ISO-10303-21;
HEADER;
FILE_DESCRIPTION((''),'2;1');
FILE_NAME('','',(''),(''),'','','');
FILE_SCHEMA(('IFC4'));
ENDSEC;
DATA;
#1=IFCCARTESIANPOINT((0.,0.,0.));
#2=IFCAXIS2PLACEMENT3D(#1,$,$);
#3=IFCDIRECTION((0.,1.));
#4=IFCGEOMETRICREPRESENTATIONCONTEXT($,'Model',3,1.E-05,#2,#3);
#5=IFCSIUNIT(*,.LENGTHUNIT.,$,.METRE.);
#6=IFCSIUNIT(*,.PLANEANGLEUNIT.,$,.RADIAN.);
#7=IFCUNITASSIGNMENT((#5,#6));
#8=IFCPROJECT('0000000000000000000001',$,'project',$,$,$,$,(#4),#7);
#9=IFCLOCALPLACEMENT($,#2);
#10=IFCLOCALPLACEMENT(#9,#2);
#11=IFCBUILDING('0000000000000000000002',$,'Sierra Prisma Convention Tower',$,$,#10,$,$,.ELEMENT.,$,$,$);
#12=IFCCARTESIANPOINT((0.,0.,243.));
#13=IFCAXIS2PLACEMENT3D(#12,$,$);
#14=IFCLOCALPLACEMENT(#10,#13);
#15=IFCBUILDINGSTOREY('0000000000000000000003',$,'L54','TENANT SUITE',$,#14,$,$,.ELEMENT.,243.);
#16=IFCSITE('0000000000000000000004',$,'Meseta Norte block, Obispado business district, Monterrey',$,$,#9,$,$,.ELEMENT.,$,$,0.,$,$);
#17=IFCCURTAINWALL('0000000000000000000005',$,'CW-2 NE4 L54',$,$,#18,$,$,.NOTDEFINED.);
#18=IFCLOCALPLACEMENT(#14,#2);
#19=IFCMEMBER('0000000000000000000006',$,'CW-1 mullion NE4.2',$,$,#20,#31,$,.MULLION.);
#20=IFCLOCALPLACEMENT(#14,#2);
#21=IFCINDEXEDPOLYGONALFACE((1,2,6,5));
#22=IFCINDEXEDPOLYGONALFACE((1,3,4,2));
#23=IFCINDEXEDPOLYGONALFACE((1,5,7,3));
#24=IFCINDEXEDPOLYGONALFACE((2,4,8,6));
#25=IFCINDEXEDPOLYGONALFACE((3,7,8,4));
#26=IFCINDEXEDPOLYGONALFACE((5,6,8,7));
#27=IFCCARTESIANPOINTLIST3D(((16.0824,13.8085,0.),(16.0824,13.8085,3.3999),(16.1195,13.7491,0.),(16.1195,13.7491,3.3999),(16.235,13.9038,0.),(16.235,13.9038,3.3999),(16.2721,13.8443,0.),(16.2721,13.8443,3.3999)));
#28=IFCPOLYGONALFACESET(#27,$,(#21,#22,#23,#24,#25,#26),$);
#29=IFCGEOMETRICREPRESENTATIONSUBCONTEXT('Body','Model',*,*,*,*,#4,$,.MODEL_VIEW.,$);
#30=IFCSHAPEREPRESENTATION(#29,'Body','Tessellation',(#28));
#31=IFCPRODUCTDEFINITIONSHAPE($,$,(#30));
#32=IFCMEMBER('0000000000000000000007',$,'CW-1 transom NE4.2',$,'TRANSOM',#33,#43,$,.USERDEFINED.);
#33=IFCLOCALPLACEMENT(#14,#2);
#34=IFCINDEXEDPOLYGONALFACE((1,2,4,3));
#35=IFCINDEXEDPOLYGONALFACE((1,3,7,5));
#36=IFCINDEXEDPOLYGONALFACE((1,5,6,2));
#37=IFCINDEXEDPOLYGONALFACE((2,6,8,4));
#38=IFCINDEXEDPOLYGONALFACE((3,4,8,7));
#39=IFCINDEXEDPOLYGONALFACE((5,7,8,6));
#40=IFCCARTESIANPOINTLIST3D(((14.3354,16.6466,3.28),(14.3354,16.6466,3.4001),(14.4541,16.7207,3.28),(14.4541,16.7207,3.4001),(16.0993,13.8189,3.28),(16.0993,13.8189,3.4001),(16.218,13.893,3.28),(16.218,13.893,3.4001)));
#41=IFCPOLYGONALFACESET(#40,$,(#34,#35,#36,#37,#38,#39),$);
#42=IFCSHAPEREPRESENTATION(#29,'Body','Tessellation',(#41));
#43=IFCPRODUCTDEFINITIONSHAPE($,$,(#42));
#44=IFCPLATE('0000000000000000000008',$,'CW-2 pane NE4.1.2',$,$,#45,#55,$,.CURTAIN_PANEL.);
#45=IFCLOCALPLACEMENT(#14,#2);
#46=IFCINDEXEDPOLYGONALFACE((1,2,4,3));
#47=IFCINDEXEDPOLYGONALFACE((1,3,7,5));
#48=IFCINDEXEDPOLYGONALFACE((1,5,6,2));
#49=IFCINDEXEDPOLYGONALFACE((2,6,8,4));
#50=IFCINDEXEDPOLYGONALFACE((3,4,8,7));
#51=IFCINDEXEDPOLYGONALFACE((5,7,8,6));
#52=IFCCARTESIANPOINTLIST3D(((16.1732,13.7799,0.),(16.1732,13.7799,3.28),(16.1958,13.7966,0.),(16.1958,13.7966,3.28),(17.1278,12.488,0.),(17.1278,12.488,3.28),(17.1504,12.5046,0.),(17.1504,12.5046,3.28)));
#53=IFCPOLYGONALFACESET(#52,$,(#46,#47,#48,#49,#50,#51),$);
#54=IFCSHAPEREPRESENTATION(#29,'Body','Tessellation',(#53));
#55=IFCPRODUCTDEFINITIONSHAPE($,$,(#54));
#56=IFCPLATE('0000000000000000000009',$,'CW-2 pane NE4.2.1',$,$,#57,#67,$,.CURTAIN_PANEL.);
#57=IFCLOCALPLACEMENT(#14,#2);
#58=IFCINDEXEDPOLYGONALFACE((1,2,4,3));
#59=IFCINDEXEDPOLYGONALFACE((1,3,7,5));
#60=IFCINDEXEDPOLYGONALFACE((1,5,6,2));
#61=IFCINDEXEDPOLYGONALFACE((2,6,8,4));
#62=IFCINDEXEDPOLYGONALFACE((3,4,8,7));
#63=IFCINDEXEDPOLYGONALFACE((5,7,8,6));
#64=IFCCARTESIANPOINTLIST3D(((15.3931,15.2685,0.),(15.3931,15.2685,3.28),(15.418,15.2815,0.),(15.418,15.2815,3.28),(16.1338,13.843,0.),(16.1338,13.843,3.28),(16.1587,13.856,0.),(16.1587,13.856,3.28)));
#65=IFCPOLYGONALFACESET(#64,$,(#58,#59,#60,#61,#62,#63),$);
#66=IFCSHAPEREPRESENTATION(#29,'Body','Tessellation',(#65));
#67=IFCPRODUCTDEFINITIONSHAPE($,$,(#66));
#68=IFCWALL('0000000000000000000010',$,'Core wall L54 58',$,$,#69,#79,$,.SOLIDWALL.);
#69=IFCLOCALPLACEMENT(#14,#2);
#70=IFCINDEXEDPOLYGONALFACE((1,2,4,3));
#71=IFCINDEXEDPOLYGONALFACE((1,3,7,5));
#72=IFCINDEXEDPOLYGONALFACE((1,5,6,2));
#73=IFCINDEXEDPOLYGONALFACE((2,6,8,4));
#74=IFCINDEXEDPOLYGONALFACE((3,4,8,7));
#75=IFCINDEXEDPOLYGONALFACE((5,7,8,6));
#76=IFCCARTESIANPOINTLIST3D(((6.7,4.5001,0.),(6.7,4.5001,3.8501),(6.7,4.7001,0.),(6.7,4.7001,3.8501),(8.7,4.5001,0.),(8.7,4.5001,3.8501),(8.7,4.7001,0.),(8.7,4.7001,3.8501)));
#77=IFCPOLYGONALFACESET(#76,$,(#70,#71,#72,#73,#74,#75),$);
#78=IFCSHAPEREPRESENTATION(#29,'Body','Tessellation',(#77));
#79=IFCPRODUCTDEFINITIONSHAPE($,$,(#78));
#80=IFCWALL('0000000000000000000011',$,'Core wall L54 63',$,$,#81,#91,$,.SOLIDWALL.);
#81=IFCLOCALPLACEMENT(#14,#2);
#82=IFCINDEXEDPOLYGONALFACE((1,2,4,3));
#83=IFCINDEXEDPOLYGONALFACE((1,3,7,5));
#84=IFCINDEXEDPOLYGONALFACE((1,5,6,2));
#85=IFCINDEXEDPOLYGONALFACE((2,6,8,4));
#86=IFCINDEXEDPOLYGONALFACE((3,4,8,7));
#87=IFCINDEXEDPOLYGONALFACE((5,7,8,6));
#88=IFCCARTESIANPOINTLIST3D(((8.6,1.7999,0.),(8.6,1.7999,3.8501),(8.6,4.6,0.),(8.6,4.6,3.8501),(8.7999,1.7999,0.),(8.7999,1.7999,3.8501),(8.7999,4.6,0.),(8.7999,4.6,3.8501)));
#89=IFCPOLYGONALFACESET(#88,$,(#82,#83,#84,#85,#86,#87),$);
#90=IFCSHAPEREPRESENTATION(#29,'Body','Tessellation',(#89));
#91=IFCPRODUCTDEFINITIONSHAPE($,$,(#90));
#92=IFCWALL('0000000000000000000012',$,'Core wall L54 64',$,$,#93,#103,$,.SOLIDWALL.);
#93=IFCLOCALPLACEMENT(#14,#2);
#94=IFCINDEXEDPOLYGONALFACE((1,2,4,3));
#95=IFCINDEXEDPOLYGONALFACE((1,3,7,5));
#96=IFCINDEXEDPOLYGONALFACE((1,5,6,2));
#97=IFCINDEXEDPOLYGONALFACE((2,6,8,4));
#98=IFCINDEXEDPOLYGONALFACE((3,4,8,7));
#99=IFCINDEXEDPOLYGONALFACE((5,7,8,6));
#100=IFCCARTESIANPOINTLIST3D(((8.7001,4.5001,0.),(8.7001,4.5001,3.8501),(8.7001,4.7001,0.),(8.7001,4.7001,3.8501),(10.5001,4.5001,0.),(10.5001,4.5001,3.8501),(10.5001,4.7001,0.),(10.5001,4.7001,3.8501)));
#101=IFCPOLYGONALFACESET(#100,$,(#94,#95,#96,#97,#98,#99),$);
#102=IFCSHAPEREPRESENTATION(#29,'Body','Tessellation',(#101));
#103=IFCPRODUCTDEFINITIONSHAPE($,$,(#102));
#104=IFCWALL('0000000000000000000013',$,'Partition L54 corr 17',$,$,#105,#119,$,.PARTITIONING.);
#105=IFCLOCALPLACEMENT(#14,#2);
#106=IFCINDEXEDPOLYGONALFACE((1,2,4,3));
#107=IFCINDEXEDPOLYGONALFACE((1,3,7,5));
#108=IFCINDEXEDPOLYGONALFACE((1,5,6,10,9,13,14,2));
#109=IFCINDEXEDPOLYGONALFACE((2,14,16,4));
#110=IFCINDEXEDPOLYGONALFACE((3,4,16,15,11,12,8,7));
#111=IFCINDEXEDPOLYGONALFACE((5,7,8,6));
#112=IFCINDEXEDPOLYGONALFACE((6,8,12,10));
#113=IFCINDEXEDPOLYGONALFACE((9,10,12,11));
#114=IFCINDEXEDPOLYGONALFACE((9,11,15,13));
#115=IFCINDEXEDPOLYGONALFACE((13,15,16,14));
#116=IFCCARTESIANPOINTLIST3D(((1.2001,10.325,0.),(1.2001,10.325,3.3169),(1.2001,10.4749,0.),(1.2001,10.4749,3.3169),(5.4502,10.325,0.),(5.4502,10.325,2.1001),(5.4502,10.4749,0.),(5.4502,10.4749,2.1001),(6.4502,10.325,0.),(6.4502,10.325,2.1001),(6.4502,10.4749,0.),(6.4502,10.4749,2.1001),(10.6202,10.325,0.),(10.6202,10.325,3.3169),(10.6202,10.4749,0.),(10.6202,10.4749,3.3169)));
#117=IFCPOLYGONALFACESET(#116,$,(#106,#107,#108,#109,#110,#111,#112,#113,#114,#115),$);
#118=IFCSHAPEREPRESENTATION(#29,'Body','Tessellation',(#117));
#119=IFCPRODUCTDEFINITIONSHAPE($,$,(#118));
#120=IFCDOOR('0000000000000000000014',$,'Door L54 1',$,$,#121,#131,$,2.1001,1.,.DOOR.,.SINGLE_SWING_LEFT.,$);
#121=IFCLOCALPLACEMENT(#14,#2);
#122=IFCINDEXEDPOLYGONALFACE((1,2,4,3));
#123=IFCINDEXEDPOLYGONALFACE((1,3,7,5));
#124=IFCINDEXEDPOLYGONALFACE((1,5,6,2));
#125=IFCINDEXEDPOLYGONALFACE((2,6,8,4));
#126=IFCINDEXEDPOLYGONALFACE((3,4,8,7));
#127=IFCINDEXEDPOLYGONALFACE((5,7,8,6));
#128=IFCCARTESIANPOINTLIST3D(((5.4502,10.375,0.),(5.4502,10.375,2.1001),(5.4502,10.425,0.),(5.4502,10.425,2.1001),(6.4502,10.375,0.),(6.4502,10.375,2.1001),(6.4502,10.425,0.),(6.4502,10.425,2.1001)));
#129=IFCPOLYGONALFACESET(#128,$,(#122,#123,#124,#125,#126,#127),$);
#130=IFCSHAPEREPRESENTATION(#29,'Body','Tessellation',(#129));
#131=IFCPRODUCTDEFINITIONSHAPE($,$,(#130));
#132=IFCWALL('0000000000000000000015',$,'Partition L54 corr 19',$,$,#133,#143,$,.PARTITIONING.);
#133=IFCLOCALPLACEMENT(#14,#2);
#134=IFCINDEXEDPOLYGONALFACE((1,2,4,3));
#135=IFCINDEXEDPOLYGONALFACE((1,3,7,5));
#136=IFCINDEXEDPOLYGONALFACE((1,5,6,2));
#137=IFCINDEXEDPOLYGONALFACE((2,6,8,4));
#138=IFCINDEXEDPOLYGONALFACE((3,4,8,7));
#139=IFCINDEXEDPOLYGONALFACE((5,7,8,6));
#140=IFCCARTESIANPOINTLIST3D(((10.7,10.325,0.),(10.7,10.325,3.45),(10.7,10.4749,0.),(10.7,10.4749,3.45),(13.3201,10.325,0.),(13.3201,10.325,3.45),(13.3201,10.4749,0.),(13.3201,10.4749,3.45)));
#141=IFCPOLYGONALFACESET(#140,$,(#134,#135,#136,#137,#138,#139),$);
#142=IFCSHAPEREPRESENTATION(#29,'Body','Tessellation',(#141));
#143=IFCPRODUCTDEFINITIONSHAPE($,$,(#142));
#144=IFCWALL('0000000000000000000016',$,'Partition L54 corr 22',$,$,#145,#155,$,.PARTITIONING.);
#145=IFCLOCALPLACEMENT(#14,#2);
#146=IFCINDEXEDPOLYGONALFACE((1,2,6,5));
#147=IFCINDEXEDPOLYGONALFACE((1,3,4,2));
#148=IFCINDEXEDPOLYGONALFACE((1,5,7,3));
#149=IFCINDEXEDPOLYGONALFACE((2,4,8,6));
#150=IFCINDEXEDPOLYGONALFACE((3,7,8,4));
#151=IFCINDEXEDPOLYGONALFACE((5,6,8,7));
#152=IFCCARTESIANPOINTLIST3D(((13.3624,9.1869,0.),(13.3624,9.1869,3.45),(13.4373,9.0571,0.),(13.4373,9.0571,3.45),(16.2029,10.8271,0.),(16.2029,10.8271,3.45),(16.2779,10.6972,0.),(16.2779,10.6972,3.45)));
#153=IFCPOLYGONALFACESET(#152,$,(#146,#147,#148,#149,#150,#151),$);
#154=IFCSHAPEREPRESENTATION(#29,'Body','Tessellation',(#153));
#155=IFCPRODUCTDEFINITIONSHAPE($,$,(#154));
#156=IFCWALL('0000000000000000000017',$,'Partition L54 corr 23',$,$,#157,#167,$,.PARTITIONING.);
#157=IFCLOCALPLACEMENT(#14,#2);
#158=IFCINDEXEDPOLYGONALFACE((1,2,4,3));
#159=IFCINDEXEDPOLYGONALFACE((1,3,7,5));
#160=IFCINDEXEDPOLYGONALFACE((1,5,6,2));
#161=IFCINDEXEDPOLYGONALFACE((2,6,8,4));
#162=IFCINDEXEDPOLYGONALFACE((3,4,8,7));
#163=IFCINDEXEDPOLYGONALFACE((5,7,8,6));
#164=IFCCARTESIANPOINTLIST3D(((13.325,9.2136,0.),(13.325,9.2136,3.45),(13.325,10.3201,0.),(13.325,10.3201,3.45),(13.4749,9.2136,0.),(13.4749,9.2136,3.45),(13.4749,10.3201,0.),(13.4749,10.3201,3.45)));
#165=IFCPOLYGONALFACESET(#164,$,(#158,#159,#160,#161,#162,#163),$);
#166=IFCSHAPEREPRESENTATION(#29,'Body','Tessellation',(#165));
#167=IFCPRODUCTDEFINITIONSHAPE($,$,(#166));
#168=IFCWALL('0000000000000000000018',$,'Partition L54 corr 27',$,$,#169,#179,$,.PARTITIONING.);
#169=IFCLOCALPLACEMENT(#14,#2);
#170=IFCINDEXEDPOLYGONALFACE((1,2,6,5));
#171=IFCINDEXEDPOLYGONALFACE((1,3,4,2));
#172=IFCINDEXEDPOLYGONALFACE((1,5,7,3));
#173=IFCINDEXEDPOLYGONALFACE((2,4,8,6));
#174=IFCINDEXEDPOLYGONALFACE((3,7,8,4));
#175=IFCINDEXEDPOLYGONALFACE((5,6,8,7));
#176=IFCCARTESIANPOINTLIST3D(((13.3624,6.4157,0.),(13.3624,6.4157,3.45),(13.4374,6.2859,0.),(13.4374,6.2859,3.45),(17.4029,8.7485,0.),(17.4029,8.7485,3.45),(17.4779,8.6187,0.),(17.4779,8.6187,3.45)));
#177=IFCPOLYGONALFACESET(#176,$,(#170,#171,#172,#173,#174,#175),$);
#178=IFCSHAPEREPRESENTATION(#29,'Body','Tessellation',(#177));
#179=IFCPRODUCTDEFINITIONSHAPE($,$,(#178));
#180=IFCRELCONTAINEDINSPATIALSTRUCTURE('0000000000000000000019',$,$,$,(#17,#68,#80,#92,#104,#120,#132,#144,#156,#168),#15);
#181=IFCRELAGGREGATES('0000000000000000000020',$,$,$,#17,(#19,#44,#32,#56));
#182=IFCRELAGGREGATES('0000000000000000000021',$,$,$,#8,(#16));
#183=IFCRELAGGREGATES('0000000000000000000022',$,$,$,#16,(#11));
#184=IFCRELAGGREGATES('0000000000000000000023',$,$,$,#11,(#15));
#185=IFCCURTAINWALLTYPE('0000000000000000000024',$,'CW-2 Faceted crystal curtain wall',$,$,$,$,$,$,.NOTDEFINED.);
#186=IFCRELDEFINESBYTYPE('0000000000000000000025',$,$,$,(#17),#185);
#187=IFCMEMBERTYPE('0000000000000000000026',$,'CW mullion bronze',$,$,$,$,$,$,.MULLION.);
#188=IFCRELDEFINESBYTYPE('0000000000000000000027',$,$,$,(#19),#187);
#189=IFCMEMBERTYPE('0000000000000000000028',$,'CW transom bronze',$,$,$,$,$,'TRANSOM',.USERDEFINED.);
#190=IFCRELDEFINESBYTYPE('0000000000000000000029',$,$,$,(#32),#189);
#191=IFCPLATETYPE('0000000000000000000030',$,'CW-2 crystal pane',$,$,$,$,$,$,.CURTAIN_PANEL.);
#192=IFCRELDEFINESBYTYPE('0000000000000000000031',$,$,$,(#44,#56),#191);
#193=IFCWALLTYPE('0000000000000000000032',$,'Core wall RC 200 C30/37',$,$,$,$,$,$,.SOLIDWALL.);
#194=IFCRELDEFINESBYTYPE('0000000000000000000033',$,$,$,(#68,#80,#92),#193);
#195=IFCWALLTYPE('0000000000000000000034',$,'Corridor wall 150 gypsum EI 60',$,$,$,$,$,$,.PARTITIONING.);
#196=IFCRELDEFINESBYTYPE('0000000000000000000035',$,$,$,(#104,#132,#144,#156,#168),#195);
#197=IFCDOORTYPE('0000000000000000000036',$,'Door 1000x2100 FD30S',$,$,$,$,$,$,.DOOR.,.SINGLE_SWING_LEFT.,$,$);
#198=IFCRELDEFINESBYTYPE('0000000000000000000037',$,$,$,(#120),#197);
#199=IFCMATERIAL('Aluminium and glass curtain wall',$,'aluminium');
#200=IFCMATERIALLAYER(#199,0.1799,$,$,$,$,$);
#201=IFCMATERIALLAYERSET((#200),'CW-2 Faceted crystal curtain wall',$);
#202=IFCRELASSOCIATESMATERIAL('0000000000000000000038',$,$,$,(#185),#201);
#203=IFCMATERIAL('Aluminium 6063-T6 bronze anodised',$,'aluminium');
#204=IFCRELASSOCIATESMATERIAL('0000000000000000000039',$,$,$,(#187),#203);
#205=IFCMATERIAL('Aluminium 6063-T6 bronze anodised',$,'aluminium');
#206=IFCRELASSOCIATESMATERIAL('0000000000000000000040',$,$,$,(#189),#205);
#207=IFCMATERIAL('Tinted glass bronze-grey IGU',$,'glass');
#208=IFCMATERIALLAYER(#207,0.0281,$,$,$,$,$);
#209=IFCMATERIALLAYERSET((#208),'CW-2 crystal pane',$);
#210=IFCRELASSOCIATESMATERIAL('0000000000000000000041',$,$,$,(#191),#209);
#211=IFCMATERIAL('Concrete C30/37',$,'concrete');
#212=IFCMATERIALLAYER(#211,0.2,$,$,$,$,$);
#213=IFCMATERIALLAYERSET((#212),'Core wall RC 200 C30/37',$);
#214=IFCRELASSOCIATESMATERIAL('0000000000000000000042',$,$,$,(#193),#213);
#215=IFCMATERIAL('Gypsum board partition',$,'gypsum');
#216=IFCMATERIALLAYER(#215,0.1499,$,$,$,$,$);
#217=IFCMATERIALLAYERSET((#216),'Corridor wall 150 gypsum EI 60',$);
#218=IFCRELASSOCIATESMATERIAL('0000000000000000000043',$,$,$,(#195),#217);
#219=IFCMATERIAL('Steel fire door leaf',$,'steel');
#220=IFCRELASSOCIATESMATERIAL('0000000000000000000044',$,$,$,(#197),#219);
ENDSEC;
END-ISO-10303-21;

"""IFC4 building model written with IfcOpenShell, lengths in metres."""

from ifc_helpers import new_model, si_unit, direction, frame, frame_2d, origin, origin_2d, place, context, subcontext, project, spatial, polyline, rectangle, outline, extrude, material, layer, layer_set, material_profile, profile_set, type_object, element, fill, aggregate, save


model = new_model("IFC4")

# Units and contexts
model_context = context("Model", 3, precision=1e-05, world=origin(), true_north=direction((0.0, 1.0)))
body_context = subcontext(model_context, "Body", "Model", "MODEL_VIEW")
ifc_project = project(units=[si_unit("LENGTHUNIT", "METRE"), si_unit("PLANEANGLEUNIT", "RADIAN")], contexts=[model_context])

# Site, building, storey
site_placement = place(None, origin())
site = spatial("IfcSite", under=ifc_project, at=site_placement, Name="Meseta Norte block, Obispado business district, Monterrey", CompositionType="ELEMENT", RefElevation=0.0)
building_placement = place(site_placement, origin())
building = spatial("IfcBuilding", under=site, at=building_placement, Name="Sierra Prisma Convention Tower", CompositionType="ELEMENT")
storey_placement = place(building_placement, frame((0.0, 0.0, 243.0)))
storey = spatial("IfcBuildingStorey", under=building, at=storey_placement, Name="L54", Description="TENANT SUITE", CompositionType="ELEMENT", Elevation=243.0)

# Curtain wall, members, plates
ifc_material_1 = material(Name="Aluminium and glass curtain wall", Category="aluminium")
ifc_layer_1 = layer(ifc_material_1, 0.1799)
ifc_layer_set_1 = layer_set([ifc_layer_1], Name="CW-2 Faceted crystal curtain wall")
curtain_wall_type = type_object("IfcCurtainWallType", Name="CW-2 Faceted crystal curtain wall", PredefinedType="NOTDEFINED", material=ifc_layer_set_1)
curtain_wall_placement = place(storey_placement, origin())
curtain_wall = element("IfcCurtainWall", 1, at=curtain_wall_placement, inside=storey, type_object=curtain_wall_type, Name="CW-2 NE4 L54", PredefinedType="NOTDEFINED")
ifc_material_2 = material(Name="Aluminium 6063-T6 bronze anodised", Category="aluminium")
ifc_material_profile_1 = material_profile(ifc_material_2, rectangle(XDim=0.1799, YDim=0.0701, at=origin_2d()), Name="ALU MULLION 70x180")
ifc_profile_set_1 = profile_set([ifc_material_profile_1], Name="Aluminium 6063-T6 bronze anodised")
member_type_1 = type_object("IfcMemberType", Name="CW mullion bronze", PredefinedType="MULLION", material=ifc_profile_set_1)
member_1_placement = place(storey_placement, frame((16.1772, 13.8264, 0.0), z_axis=(0.0, 0.0, 1.0), x_axis=(-0.848452, -0.529272, 0.0)))
member_1 = element("IfcMember", 2, at=member_1_placement, type_object=member_type_1, Name="CW-1 mullion NE4.2", PredefinedType="MULLION", context=body_context, shape_type="SweptSolid", body=[
    extrude(rectangle(XDim=0.1799, YDim=0.0701, at=origin_2d()), origin(), (0.0, 0.0, 1.0), 3.3999),
])
ifc_material_3 = material(Name="Aluminium 6063-T6 bronze anodised", Category="aluminium")
ifc_material_profile_2 = material_profile(ifc_material_3, rectangle(XDim=0.1399, YDim=0.1201, at=origin_2d()), Name="ALU TRANSOM 120x140")
ifc_profile_set_2 = profile_set([ifc_material_profile_2], Name="Aluminium 6063-T6 bronze anodised")
member_type_2 = type_object("IfcMemberType", Name="CW transom bronze", ElementType="TRANSOM", PredefinedType="USERDEFINED", material=ifc_profile_set_2)
member_2_placement = place(storey_placement, frame((16.1587, 13.856, 3.3401), z_axis=(-0.529274, 0.848451, 0.0), x_axis=(-0.848451, -0.529274, 0.0)))
member_2 = element("IfcMember", 3, at=member_2_placement, type_object=member_type_2, Name="CW-1 transom NE4.2", ObjectType="TRANSOM", PredefinedType="USERDEFINED", context=body_context, shape_type="SweptSolid", body=[
    extrude(rectangle(XDim=0.1399, YDim=0.1201, at=origin_2d()), origin(), (0.0, 0.0, 1.0), 3.3328),
])
ifc_material_4 = material(Name="Tinted glass bronze-grey IGU", Category="glass")
ifc_layer_2 = layer(ifc_material_4, 0.0281)
ifc_layer_set_2 = layer_set([ifc_layer_2], Name="CW-2 crystal pane")
plate_type = type_object("IfcPlateType", Name="CW-2 crystal pane", PredefinedType="CURTAIN_PANEL", material=ifc_layer_set_2)
plate_1_placement = place(storey_placement, frame((16.1958, 13.7966, 0.0), z_axis=(0.804284, 0.594246, 0.0), x_axis=(0.594246, -0.804284, 0.0)))
plate_1 = element("IfcPlate", 4, at=plate_1_placement, type_object=plate_type, Name="CW-2 pane NE4.1.2", PredefinedType="CURTAIN_PANEL", context=body_context, shape_type="SweptSolid", body=[
    extrude(outline(polyline([(0.0, 0.0), (1.6064, 0.0), (1.6064, -3.28), (0.0, -3.28), (0.0, 0.0)])), origin(), (0.0, 0.0, -1.0), 0.0281),
])
plate_2_placement = place(storey_placement, frame((16.1587, 13.856, 0.0), z_axis=(0.887359, 0.46108, 0.0), x_axis=(-0.46108, 0.887359, 0.0)))
plate_2 = element("IfcPlate", 5, at=plate_2_placement, type_object=plate_type, Name="CW-2 pane NE4.2.1", PredefinedType="CURTAIN_PANEL", context=body_context, shape_type="SweptSolid", body=[
    extrude(outline(polyline([(0.0, 0.0), (1.6065, 0.0), (1.6065, 3.28), (0.0, 3.28), (0.0, 0.0)])), origin(), (0.0, 0.0, -1.0), 0.0281),
])
aggregate(curtain_wall, [member_1, plate_1, member_2, plate_2])

# Wall
ifc_material_5 = material(Name="Concrete C30/37", Category="concrete")
ifc_layer_3 = layer(ifc_material_5, 0.2)
ifc_layer_set_3 = layer_set([ifc_layer_3], Name="Core wall RC 200 C30/37")
wall_type_1 = type_object("IfcWallType", Name="Core wall RC 200 C30/37", PredefinedType="SOLIDWALL", material=ifc_layer_set_3)
wall_1_placement = place(storey_placement, frame((8.7, 4.6001, 0.0), z_axis=(0.0, 0.0, 1.0), x_axis=(-1.0, 0.0, 0.0)))
element("IfcWall", 6, at=wall_1_placement, inside=storey, type_object=wall_type_1, Name="Core wall L54 58", PredefinedType="SOLIDWALL", context=body_context, shape_type="SweptSolid", body=[
    extrude(rectangle(XDim=2.0, YDim=0.2, at=frame_2d((1.0, 0.0))), origin(), (0.0, 0.0, 1.0), 3.8501),
])

# Walls
wall_2_placement = place(storey_placement, frame((8.7, 1.8, 0.0), z_axis=(0.0, 0.0, 1.0), x_axis=(0.0, 1.0, 0.0)))
element("IfcWall", 7, at=wall_2_placement, inside=storey, type_object=wall_type_1, Name="Core wall L54 63", PredefinedType="SOLIDWALL", context=body_context, shape_type="SweptSolid", body=[
    extrude(rectangle(XDim=2.8, YDim=0.2, at=frame_2d((1.3999, 0.0))), origin(), (0.0, 0.0, 1.0), 3.8501),
])
wall_3_placement = place(storey_placement, frame((10.5, 4.6001, 0.0), z_axis=(0.0, 0.0, 1.0), x_axis=(-1.0, 0.0, 0.0)))
element("IfcWall", 8, at=wall_3_placement, inside=storey, type_object=wall_type_1, Name="Core wall L54 64", PredefinedType="SOLIDWALL", context=body_context, shape_type="SweptSolid", body=[
    extrude(rectangle(XDim=1.8, YDim=0.2, at=frame_2d((0.8999, 0.0))), origin(), (0.0, 0.0, 1.0), 3.8501),
])

# Wall, opening, door
ifc_material_6 = material(Name="Gypsum board partition", Category="gypsum")
ifc_layer_4 = layer(ifc_material_6, 0.1499)
ifc_layer_set_4 = layer_set([ifc_layer_4], Name="Corridor wall 150 gypsum EI 60")
wall_type_2 = type_object("IfcWallType", Name="Corridor wall 150 gypsum EI 60", PredefinedType="PARTITIONING", material=ifc_layer_set_4)
wall_4_placement = place(storey_placement, frame((10.6201, 10.3999, 0.0), z_axis=(0.0, 0.0, 1.0), x_axis=(-1.0, 0.0, 0.0)))
wall_4 = element("IfcWall", 9, at=wall_4_placement, inside=storey, type_object=wall_type_2, Name="Partition L54 corr 17", PredefinedType="PARTITIONING", context=body_context, shape_type="SweptSolid", body=[
    extrude(rectangle(XDim=9.4202, YDim=0.1499, at=frame_2d((4.71, 0.0))), origin(), (0.0, 0.0, 1.0), 3.3169),
])
opening_1_placement = place(wall_4_placement, frame((4.1699, 0.0, 0.0)))
opening_1 = element("IfcOpeningElement", 10, at=opening_1_placement, cuts=wall_4, PredefinedType="OPENING", context=body_context, shape_type="SweptSolid", body=[
    extrude(rectangle(XDim=1.0, YDim=2.1001, at=frame_2d((0.5, 1.05))), frame((0.0, 0.075, 0.0), z_axis=(0.0, -1.0, 0.0), x_axis=(1.0, 0.0, 0.0)), (0.0, 0.0, 1.0), 0.1499),
])
ifc_material_7 = material(Name="Steel fire door leaf", Category="steel")
door_type_1 = type_object("IfcDoorType", Name="Door 1000x2100 FD30S", OperationType="SINGLE_SWING_LEFT", PredefinedType="DOOR", material=ifc_material_7)
door_1_placement = place(opening_1_placement, origin())
door_1 = element("IfcDoor", 11, at=door_1_placement, inside=storey, type_object=door_type_1, Name="Door L54 1", OperationType="SINGLE_SWING_LEFT", OverallHeight=2.1001, OverallWidth=1.0, PredefinedType="DOOR", context=body_context, shape_type="SweptSolid", body=[
    extrude(rectangle(XDim=1.0, YDim=2.1001, at=frame_2d((0.5, 1.05))), frame((0.0, 0.0249, 0.0), z_axis=(0.0, -1.0, 0.0), x_axis=(1.0, 0.0, 0.0)), (0.0, 0.0, 1.0), 0.05),
])
fill(opening_1, door_1)

# Walls
wall_5_placement = place(storey_placement, frame((13.3201, 10.3999, 0.0), z_axis=(0.0, 0.0, 1.0), x_axis=(-1.0, 0.0, 0.0)))
element("IfcWall", 12, at=wall_5_placement, inside=storey, type_object=wall_type_2, Name="Partition L54 corr 19", PredefinedType="PARTITIONING", context=body_context, shape_type="SweptSolid", body=[
    extrude(rectangle(XDim=2.6201, YDim=0.1499, at=frame_2d((1.3101, 0.0))), origin(), (0.0, 0.0, 1.0), 3.45),
])
wall_6_placement = place(storey_placement, frame((16.2405, 10.7622, 0.0), z_axis=(0.0, 0.0, 1.0), x_axis=(-0.866008, -0.50003, 0.0)))
element("IfcWall", 13, at=wall_6_placement, inside=storey, type_object=wall_type_2, Name="Partition L54 corr 22", PredefinedType="PARTITIONING", context=body_context, shape_type="SweptSolid", body=[
    extrude(rectangle(XDim=3.28, YDim=0.1499, at=frame_2d((1.6401, 0.0))), origin(), (0.0, 0.0, 1.0), 3.45),
])
wall_7_placement = place(storey_placement, frame((13.3999, 9.2136, 0.0), z_axis=(0.0, 0.0, 1.0), x_axis=(0.0, 1.0, 0.0)))
element("IfcWall", 14, at=wall_7_placement, inside=storey, type_object=wall_type_2, Name="Partition L54 corr 23", PredefinedType="PARTITIONING", context=body_context, shape_type="SweptSolid", body=[
    extrude(rectangle(XDim=1.1064, YDim=0.1499, at=frame_2d((0.5532, 0.0))), origin(), (0.0, 0.0, 1.0), 3.45),
])
wall_8_placement = place(storey_placement, frame((13.3999, 6.3508, 0.0), z_axis=(0.0, 0.0, 1.0), x_axis=(0.866029, 0.499994, 0.0)))
element("IfcWall", 15, at=wall_8_placement, inside=storey, type_object=wall_type_2, Name="Partition L54 corr 27", PredefinedType="PARTITIONING", context=body_context, shape_type="SweptSolid", body=[
    extrude(rectangle(XDim=4.6655, YDim=0.1499, at=frame_2d((2.3328, 0.0))), origin(), (0.0, 0.0, 1.0), 3.45),
])

save(model, "model.ifc")
